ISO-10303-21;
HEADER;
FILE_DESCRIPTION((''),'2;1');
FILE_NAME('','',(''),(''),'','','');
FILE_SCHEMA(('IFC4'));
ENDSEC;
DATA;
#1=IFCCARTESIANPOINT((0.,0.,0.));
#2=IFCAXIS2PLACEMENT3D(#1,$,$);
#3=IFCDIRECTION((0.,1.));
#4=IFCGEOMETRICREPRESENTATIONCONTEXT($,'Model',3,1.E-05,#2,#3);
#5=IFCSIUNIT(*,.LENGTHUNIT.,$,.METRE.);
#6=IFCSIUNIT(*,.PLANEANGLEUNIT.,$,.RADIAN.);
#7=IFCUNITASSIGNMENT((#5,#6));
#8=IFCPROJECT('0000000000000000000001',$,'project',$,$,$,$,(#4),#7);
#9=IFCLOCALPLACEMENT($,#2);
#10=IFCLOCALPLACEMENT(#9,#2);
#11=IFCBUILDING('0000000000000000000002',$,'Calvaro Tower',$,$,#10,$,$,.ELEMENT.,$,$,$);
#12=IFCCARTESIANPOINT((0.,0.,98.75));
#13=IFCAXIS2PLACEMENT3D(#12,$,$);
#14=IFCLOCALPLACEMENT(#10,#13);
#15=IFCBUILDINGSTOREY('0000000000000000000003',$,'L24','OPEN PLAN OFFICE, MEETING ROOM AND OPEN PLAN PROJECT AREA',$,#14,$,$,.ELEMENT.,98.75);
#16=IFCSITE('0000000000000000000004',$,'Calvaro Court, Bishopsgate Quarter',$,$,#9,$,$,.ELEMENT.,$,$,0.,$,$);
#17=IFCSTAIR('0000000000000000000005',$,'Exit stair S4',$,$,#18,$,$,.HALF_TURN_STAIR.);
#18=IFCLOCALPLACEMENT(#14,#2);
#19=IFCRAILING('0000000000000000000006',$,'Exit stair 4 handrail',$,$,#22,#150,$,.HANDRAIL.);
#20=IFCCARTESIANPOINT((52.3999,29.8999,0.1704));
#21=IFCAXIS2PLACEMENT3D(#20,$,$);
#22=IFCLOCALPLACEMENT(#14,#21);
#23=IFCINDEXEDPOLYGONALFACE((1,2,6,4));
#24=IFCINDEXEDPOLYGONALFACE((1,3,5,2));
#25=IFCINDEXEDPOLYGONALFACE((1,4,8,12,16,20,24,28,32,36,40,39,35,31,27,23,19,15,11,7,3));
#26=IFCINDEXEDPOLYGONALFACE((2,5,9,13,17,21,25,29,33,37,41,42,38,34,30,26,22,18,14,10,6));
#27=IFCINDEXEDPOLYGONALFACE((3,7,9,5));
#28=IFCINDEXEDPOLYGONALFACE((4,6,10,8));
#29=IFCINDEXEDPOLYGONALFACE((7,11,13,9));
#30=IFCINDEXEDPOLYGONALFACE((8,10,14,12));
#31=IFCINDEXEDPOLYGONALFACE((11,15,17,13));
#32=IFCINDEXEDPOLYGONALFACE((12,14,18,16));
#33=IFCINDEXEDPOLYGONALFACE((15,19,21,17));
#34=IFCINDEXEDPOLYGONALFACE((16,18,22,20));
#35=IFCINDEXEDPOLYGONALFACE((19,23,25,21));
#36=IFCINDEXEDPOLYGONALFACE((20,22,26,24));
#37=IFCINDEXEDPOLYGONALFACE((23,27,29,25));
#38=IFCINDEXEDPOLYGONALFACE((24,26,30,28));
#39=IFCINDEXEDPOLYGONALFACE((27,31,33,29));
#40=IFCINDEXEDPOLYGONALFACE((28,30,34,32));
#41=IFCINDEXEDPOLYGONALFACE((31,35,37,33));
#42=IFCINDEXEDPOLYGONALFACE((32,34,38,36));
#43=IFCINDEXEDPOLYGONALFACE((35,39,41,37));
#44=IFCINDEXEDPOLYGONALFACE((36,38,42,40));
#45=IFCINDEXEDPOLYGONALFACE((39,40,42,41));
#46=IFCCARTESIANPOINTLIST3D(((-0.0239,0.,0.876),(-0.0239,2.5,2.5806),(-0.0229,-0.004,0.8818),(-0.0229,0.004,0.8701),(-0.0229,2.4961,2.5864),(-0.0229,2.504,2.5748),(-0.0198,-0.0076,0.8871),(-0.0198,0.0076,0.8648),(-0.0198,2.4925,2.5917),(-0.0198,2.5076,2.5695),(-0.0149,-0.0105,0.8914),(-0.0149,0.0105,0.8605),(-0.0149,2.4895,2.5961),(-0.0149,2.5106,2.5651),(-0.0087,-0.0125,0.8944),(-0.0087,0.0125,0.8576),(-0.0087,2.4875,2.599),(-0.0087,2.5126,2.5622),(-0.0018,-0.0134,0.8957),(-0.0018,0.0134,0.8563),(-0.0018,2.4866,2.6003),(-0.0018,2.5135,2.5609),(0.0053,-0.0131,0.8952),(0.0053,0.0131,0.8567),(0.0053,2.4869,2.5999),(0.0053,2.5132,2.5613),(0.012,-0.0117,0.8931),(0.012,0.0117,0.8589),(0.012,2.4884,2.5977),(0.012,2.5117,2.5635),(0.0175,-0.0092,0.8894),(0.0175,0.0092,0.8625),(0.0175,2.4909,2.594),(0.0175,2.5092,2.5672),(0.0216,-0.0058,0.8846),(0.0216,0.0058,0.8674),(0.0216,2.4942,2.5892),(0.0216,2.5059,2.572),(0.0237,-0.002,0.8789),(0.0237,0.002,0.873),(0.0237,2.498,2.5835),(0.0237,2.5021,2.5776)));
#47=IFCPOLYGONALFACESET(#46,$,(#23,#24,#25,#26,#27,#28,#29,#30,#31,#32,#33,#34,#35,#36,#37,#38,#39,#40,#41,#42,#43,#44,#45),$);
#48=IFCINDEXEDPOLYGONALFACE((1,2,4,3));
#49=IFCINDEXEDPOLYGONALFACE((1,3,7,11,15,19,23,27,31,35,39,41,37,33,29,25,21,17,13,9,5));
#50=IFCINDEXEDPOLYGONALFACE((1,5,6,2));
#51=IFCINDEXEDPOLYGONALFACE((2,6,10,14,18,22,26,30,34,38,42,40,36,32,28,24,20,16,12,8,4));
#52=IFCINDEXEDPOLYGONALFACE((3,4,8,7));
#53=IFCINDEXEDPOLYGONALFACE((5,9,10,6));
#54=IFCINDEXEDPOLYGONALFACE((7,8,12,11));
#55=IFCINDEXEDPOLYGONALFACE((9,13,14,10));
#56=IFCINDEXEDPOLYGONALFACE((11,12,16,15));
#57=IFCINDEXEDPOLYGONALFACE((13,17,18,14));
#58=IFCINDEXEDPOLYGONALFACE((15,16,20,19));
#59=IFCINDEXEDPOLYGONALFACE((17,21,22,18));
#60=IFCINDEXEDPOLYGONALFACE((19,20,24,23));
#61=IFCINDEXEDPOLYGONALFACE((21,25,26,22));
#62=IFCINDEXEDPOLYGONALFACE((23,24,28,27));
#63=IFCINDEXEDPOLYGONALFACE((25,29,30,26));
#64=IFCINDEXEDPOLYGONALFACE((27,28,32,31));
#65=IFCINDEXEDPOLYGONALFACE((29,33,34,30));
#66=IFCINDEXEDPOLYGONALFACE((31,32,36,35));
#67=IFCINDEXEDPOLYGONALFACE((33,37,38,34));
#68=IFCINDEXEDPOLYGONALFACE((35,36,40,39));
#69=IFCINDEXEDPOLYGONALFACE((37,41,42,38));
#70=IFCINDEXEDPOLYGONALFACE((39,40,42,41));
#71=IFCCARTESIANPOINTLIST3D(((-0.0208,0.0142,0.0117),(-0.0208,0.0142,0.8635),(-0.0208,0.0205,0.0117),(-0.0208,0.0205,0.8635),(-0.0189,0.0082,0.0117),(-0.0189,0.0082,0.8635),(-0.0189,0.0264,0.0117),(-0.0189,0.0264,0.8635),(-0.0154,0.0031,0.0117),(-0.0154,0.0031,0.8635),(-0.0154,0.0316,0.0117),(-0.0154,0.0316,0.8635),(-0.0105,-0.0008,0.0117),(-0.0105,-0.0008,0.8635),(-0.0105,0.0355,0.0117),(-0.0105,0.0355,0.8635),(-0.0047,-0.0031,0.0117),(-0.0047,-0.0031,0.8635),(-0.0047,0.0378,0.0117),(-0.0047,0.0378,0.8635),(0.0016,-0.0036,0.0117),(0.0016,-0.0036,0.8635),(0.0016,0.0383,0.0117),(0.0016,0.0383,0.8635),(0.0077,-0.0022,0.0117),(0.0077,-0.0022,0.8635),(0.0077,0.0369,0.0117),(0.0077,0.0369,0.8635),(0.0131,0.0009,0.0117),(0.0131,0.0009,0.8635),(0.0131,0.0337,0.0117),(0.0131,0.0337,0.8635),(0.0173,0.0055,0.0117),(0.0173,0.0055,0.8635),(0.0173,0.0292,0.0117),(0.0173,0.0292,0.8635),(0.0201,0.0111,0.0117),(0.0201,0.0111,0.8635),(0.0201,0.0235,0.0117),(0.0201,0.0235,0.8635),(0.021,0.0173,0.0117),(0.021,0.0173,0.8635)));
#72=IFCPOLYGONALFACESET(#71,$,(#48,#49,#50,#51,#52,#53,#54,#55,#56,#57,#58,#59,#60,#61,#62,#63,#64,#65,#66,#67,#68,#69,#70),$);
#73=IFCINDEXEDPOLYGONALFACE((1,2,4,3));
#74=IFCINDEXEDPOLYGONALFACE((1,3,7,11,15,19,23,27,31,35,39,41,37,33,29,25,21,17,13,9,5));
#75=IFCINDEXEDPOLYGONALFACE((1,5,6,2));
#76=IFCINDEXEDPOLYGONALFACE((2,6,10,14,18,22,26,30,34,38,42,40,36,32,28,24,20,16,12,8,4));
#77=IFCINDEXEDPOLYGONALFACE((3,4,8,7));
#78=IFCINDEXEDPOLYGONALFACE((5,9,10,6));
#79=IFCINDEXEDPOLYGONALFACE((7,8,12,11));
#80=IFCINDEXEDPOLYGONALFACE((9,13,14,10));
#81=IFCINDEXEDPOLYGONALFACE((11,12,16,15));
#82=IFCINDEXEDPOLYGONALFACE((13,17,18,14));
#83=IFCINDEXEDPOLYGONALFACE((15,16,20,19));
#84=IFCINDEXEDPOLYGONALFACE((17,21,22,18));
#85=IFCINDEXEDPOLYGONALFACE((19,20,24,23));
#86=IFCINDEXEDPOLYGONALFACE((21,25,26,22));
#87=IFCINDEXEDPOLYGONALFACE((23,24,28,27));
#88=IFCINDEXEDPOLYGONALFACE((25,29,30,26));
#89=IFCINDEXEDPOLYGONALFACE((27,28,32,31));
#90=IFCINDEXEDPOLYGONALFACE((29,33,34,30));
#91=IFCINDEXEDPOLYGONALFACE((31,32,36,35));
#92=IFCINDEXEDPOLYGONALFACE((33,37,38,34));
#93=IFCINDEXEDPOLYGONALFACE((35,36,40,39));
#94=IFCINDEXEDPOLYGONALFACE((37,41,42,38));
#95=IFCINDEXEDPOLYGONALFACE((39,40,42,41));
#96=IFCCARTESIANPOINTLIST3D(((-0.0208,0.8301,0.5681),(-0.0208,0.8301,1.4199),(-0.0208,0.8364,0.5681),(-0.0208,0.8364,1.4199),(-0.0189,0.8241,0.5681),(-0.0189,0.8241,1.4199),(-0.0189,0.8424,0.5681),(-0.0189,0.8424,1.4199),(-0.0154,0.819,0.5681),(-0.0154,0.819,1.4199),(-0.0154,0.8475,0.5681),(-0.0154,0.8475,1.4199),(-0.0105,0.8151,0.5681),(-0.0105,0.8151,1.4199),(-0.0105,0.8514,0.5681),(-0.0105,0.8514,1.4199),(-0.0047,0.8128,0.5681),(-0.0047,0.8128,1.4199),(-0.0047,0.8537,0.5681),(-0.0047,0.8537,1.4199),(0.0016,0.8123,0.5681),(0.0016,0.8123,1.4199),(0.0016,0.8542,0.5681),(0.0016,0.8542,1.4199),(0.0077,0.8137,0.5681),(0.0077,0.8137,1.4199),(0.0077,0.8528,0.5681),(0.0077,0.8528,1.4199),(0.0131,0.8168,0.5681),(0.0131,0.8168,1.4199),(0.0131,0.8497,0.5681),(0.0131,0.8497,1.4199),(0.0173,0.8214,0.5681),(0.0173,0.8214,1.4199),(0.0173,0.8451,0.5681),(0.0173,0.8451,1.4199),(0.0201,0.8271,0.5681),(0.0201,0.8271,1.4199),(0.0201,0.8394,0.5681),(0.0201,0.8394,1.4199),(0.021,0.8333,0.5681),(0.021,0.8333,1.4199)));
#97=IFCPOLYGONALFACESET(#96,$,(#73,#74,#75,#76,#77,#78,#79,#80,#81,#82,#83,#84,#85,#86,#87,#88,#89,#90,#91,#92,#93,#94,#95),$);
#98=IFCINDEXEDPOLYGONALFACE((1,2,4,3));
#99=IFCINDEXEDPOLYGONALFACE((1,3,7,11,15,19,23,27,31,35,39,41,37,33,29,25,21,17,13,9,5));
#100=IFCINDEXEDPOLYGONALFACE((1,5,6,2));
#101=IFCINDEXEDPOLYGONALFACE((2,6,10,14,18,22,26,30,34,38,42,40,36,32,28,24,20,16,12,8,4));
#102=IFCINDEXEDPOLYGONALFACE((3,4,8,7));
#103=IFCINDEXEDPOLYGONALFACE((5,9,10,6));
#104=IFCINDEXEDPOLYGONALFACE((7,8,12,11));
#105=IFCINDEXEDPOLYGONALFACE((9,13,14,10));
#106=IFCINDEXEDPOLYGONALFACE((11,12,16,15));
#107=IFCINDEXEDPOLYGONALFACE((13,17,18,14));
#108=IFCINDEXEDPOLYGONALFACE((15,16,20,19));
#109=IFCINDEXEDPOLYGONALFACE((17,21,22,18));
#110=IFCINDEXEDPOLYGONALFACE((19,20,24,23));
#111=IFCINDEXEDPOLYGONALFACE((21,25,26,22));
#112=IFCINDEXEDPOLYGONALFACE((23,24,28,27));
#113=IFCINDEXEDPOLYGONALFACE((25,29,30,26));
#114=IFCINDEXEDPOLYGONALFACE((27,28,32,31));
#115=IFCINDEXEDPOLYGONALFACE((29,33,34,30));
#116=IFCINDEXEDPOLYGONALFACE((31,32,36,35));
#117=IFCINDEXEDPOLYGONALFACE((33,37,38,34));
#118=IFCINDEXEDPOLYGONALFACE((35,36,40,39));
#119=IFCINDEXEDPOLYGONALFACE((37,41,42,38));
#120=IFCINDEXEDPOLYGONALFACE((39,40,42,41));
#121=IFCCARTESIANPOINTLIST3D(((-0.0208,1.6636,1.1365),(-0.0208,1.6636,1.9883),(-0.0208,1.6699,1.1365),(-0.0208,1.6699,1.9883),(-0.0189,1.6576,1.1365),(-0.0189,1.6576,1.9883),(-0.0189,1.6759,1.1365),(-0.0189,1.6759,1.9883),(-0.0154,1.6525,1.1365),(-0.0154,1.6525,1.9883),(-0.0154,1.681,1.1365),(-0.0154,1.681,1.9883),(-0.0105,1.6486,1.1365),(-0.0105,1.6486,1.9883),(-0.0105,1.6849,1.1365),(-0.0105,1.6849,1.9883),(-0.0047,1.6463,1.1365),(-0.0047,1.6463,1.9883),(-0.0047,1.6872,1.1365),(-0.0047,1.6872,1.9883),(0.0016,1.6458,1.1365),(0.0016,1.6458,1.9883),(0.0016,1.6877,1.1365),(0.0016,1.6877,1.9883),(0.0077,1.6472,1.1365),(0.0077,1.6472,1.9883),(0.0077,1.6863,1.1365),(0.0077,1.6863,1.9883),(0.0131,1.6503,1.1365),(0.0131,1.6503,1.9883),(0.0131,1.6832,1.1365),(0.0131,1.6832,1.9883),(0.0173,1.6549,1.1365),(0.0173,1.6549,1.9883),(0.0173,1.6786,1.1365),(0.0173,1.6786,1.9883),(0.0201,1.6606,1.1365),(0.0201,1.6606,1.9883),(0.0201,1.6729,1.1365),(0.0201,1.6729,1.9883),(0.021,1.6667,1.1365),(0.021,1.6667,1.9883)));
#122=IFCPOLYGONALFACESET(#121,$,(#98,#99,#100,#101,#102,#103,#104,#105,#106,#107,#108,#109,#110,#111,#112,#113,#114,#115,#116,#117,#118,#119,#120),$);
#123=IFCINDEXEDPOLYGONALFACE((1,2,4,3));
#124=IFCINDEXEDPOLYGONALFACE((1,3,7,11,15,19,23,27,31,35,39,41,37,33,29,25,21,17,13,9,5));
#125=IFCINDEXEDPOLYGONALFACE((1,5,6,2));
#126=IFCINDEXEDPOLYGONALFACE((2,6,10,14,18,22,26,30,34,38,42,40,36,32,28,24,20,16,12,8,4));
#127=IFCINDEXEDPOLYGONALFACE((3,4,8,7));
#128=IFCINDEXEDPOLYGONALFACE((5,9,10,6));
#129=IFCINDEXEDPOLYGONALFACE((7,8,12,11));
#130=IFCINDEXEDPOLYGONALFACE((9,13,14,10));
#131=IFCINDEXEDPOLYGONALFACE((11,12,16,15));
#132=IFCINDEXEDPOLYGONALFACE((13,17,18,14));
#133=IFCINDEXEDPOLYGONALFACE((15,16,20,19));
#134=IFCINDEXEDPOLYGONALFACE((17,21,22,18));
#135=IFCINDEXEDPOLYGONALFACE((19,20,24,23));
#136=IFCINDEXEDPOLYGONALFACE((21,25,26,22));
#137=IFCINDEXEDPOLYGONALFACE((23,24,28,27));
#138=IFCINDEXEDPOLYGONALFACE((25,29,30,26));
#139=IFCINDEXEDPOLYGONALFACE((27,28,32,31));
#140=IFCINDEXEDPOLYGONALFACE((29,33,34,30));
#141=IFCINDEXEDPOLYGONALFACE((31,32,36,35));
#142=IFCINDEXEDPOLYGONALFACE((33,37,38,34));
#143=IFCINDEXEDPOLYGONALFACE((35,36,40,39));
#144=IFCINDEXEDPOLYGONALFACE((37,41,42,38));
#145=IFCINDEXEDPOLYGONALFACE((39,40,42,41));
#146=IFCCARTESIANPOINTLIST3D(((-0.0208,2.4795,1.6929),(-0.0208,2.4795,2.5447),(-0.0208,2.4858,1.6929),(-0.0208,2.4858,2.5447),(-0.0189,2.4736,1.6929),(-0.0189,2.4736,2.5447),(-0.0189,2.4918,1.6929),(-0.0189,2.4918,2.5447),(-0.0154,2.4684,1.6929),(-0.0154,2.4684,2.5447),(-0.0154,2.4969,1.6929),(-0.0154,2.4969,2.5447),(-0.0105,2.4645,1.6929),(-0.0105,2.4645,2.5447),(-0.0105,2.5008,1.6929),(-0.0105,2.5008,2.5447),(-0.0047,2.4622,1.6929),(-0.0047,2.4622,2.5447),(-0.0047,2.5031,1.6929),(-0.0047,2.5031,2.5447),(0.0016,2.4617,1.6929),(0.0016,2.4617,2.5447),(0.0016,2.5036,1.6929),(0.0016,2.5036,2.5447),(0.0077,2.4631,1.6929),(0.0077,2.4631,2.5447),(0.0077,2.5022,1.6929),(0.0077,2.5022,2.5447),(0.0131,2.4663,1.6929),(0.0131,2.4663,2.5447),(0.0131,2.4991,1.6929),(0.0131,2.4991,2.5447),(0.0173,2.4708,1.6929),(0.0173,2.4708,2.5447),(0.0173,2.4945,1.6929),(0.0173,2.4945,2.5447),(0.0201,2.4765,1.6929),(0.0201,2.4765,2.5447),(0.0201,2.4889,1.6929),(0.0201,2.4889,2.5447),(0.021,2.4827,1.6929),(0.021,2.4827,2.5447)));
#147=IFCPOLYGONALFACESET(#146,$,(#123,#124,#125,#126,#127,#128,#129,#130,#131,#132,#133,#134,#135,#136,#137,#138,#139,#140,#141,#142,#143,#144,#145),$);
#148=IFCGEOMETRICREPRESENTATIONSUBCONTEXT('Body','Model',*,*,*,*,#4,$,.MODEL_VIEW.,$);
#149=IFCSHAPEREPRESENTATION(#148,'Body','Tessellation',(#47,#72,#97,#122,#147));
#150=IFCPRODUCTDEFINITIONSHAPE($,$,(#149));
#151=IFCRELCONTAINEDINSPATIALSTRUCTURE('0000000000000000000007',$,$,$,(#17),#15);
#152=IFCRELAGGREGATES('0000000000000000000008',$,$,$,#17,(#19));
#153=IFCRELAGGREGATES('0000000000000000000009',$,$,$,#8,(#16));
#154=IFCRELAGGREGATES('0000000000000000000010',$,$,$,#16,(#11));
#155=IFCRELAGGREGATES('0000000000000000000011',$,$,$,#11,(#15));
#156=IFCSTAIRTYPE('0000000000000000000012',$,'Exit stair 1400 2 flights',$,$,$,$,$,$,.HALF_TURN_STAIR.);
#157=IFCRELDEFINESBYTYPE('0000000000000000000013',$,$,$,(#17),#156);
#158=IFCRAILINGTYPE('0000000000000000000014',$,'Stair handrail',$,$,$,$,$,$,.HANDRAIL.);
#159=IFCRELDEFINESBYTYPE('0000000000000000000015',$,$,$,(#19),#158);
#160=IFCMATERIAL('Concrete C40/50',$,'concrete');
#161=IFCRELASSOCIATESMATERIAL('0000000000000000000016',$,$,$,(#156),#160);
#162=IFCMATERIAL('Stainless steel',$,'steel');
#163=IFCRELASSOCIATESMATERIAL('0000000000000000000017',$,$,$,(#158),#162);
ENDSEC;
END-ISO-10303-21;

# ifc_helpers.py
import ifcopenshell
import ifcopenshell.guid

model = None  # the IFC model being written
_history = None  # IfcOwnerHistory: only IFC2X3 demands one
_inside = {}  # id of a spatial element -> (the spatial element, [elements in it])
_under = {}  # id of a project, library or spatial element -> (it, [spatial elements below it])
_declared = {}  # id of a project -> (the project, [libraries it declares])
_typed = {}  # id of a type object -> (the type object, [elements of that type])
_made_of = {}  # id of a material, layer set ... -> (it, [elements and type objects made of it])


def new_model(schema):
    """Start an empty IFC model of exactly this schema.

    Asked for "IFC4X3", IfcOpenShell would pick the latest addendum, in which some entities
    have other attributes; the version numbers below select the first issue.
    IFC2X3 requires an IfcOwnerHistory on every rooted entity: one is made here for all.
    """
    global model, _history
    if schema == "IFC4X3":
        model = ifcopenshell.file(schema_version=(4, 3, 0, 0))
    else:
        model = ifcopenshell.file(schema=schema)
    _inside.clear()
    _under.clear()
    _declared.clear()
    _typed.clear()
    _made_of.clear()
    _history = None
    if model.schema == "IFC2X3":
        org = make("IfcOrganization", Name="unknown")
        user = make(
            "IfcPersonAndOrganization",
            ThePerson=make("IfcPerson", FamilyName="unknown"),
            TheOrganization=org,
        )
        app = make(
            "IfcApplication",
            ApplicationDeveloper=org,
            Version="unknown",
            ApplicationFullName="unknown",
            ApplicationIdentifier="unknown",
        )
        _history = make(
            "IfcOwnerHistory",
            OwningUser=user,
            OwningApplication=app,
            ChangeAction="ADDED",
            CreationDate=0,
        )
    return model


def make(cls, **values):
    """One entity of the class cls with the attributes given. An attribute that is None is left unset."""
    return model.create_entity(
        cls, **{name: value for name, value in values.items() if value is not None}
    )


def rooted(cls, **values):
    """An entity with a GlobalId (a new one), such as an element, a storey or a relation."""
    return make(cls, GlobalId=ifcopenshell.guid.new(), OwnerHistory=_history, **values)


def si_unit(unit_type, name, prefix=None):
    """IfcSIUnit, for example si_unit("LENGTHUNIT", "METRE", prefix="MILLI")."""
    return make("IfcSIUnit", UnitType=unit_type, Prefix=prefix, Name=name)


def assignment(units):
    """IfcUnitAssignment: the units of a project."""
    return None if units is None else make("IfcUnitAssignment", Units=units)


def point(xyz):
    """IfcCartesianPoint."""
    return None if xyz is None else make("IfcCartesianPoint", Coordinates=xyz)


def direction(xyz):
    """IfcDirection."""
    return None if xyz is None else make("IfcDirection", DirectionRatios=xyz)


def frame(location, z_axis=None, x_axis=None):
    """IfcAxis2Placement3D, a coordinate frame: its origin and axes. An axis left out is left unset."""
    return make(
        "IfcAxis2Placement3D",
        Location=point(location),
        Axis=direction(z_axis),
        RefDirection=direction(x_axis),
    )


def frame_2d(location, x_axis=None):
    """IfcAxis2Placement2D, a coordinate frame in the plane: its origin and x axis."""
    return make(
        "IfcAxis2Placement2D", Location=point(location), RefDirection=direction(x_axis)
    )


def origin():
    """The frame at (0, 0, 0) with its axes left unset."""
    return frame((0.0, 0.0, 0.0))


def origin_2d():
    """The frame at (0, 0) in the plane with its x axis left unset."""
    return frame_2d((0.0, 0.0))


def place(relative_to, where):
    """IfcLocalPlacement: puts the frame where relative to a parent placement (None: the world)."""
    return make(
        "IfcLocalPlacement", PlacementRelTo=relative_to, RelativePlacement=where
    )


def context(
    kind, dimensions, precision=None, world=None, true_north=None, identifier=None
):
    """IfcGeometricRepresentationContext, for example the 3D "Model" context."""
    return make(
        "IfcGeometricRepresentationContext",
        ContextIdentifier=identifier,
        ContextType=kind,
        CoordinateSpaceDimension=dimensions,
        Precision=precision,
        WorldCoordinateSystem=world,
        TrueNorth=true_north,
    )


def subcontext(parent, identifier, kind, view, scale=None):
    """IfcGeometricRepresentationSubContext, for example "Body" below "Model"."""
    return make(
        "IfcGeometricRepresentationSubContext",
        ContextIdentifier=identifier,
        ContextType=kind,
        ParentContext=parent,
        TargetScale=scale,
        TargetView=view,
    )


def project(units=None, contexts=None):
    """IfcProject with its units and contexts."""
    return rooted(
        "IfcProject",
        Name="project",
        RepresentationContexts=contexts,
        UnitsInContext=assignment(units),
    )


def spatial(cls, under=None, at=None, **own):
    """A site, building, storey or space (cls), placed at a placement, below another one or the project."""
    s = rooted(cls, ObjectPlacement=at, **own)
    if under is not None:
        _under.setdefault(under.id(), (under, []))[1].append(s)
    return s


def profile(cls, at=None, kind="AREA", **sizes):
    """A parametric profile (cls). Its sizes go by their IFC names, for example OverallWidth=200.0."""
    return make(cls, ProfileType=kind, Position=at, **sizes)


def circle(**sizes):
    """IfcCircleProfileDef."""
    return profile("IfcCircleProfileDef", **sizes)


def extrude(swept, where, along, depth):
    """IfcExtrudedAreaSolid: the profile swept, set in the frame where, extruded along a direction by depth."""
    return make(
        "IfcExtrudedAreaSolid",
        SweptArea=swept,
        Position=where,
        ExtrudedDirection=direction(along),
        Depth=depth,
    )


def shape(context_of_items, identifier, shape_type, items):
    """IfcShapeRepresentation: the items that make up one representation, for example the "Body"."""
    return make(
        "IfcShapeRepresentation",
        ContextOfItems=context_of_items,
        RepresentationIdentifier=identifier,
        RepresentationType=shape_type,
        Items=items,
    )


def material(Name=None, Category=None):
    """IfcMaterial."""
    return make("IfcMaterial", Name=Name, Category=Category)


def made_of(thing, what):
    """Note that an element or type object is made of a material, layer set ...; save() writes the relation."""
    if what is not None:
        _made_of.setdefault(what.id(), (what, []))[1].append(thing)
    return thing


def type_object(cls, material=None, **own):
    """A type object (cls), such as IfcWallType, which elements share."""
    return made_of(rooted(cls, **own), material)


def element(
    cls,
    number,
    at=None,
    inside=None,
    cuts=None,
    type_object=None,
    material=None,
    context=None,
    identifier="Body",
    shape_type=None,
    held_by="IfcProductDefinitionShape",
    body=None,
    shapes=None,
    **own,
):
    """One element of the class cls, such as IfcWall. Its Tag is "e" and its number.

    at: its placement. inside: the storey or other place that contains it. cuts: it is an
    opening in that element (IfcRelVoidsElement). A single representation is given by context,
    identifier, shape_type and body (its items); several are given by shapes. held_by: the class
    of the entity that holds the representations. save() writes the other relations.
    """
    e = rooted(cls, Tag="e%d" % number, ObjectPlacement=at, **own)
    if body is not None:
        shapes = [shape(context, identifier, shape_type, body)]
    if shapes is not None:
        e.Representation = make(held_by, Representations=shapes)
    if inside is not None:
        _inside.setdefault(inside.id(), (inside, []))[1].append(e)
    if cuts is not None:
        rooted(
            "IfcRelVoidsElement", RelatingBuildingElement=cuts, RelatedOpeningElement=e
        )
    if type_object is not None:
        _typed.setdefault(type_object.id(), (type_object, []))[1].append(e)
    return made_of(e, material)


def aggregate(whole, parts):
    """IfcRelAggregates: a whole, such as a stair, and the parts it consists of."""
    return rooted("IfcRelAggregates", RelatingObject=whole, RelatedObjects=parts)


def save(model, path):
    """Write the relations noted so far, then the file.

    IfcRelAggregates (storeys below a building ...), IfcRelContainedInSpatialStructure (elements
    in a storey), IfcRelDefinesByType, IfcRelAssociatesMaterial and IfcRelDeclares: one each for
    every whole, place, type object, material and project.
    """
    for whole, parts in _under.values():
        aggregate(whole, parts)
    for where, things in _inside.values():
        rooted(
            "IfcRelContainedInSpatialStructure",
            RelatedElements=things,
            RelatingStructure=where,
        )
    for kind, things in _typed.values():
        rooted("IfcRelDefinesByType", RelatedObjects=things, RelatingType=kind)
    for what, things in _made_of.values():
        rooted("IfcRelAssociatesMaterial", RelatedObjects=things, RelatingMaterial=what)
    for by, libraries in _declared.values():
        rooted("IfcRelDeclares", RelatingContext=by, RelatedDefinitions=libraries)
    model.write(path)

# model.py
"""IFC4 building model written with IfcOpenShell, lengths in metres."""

from ifc_helpers import new_model, si_unit, direction, frame, origin, origin_2d, place, context, subcontext, project, spatial, circle, extrude, material, type_object, element, aggregate, save


model = new_model("IFC4")

# Units and contexts
model_context = context("Model", 3, precision=1e-05, world=origin(), true_north=direction((0.0, 1.0)))
body_context = subcontext(model_context, "Body", "Model", "MODEL_VIEW")
ifc_project = project(units=[si_unit("LENGTHUNIT", "METRE"), si_unit("PLANEANGLEUNIT", "RADIAN")], contexts=[model_context])

# Site, building, storey
site_placement = place(None, origin())
site = spatial("IfcSite", under=ifc_project, at=site_placement, Name="Calvaro Court, Bishopsgate Quarter", CompositionType="ELEMENT", RefElevation=0.0)
building_placement = place(site_placement, origin())
building = spatial("IfcBuilding", under=site, at=building_placement, Name="Calvaro Tower", CompositionType="ELEMENT")
storey_placement = place(building_placement, frame((0.0, 0.0, 98.75)))
storey = spatial("IfcBuildingStorey", under=building, at=storey_placement, Name="L24", Description="OPEN PLAN OFFICE, MEETING ROOM AND OPEN PLAN PROJECT AREA", CompositionType="ELEMENT", Elevation=98.75)

# Stair
ifc_material_1 = material(Name="Concrete C40/50", Category="concrete")
stair_type = type_object("IfcStairType", Name="Exit stair 1400 2 flights", PredefinedType="HALF_TURN_STAIR", material=ifc_material_1)
stair_1_placement = place(storey_placement, origin())
stair_1 = element("IfcStair", 1, at=stair_1_placement, inside=storey, type_object=stair_type, Name="Exit stair S4", PredefinedType="HALF_TURN_STAIR")

# Railing
ifc_material_2 = material(Name="Stainless steel", Category="steel")
railing_type = type_object("IfcRailingType", Name="Stair handrail", PredefinedType="HANDRAIL", material=ifc_material_2)
railing_1_placement = place(storey_placement, frame((52.3999, 29.8999, 0.1704)))
railing_1 = element("IfcRailing", 2, at=railing_1_placement, type_object=railing_type, Name="Exit stair 4 handrail", PredefinedType="HANDRAIL", context=body_context, shape_type="SweptSolid", body=[
    extrude(circle(Radius=0.0239, at=origin_2d()), frame((0.0, 0.0, 0.876), z_axis=(0.0, 0.826221, 0.563347), x_axis=(-1.0, 0.0, 0.0)), (0.0, 0.0, 1.0), 3.0259),
    extrude(circle(Radius=0.021, at=origin_2d()), frame((0.0, 0.0173, 0.0117)), (0.0, 0.0, 1.0), 0.8518),
    extrude(circle(Radius=0.021, at=origin_2d()), frame((0.0, 0.8333, 0.5681)), (0.0, 0.0, 1.0), 0.8518),
    extrude(circle(Radius=0.021, at=origin_2d()), frame((0.0, 1.6667, 1.1365)), (0.0, 0.0, 1.0), 0.8518),
    extrude(circle(Radius=0.021, at=origin_2d()), frame((0.0, 2.4827, 1.6929)), (0.0, 0.0, 1.0), 0.8518),
])
aggregate(stair_1, [railing_1])

save(model, "model.ifc")
